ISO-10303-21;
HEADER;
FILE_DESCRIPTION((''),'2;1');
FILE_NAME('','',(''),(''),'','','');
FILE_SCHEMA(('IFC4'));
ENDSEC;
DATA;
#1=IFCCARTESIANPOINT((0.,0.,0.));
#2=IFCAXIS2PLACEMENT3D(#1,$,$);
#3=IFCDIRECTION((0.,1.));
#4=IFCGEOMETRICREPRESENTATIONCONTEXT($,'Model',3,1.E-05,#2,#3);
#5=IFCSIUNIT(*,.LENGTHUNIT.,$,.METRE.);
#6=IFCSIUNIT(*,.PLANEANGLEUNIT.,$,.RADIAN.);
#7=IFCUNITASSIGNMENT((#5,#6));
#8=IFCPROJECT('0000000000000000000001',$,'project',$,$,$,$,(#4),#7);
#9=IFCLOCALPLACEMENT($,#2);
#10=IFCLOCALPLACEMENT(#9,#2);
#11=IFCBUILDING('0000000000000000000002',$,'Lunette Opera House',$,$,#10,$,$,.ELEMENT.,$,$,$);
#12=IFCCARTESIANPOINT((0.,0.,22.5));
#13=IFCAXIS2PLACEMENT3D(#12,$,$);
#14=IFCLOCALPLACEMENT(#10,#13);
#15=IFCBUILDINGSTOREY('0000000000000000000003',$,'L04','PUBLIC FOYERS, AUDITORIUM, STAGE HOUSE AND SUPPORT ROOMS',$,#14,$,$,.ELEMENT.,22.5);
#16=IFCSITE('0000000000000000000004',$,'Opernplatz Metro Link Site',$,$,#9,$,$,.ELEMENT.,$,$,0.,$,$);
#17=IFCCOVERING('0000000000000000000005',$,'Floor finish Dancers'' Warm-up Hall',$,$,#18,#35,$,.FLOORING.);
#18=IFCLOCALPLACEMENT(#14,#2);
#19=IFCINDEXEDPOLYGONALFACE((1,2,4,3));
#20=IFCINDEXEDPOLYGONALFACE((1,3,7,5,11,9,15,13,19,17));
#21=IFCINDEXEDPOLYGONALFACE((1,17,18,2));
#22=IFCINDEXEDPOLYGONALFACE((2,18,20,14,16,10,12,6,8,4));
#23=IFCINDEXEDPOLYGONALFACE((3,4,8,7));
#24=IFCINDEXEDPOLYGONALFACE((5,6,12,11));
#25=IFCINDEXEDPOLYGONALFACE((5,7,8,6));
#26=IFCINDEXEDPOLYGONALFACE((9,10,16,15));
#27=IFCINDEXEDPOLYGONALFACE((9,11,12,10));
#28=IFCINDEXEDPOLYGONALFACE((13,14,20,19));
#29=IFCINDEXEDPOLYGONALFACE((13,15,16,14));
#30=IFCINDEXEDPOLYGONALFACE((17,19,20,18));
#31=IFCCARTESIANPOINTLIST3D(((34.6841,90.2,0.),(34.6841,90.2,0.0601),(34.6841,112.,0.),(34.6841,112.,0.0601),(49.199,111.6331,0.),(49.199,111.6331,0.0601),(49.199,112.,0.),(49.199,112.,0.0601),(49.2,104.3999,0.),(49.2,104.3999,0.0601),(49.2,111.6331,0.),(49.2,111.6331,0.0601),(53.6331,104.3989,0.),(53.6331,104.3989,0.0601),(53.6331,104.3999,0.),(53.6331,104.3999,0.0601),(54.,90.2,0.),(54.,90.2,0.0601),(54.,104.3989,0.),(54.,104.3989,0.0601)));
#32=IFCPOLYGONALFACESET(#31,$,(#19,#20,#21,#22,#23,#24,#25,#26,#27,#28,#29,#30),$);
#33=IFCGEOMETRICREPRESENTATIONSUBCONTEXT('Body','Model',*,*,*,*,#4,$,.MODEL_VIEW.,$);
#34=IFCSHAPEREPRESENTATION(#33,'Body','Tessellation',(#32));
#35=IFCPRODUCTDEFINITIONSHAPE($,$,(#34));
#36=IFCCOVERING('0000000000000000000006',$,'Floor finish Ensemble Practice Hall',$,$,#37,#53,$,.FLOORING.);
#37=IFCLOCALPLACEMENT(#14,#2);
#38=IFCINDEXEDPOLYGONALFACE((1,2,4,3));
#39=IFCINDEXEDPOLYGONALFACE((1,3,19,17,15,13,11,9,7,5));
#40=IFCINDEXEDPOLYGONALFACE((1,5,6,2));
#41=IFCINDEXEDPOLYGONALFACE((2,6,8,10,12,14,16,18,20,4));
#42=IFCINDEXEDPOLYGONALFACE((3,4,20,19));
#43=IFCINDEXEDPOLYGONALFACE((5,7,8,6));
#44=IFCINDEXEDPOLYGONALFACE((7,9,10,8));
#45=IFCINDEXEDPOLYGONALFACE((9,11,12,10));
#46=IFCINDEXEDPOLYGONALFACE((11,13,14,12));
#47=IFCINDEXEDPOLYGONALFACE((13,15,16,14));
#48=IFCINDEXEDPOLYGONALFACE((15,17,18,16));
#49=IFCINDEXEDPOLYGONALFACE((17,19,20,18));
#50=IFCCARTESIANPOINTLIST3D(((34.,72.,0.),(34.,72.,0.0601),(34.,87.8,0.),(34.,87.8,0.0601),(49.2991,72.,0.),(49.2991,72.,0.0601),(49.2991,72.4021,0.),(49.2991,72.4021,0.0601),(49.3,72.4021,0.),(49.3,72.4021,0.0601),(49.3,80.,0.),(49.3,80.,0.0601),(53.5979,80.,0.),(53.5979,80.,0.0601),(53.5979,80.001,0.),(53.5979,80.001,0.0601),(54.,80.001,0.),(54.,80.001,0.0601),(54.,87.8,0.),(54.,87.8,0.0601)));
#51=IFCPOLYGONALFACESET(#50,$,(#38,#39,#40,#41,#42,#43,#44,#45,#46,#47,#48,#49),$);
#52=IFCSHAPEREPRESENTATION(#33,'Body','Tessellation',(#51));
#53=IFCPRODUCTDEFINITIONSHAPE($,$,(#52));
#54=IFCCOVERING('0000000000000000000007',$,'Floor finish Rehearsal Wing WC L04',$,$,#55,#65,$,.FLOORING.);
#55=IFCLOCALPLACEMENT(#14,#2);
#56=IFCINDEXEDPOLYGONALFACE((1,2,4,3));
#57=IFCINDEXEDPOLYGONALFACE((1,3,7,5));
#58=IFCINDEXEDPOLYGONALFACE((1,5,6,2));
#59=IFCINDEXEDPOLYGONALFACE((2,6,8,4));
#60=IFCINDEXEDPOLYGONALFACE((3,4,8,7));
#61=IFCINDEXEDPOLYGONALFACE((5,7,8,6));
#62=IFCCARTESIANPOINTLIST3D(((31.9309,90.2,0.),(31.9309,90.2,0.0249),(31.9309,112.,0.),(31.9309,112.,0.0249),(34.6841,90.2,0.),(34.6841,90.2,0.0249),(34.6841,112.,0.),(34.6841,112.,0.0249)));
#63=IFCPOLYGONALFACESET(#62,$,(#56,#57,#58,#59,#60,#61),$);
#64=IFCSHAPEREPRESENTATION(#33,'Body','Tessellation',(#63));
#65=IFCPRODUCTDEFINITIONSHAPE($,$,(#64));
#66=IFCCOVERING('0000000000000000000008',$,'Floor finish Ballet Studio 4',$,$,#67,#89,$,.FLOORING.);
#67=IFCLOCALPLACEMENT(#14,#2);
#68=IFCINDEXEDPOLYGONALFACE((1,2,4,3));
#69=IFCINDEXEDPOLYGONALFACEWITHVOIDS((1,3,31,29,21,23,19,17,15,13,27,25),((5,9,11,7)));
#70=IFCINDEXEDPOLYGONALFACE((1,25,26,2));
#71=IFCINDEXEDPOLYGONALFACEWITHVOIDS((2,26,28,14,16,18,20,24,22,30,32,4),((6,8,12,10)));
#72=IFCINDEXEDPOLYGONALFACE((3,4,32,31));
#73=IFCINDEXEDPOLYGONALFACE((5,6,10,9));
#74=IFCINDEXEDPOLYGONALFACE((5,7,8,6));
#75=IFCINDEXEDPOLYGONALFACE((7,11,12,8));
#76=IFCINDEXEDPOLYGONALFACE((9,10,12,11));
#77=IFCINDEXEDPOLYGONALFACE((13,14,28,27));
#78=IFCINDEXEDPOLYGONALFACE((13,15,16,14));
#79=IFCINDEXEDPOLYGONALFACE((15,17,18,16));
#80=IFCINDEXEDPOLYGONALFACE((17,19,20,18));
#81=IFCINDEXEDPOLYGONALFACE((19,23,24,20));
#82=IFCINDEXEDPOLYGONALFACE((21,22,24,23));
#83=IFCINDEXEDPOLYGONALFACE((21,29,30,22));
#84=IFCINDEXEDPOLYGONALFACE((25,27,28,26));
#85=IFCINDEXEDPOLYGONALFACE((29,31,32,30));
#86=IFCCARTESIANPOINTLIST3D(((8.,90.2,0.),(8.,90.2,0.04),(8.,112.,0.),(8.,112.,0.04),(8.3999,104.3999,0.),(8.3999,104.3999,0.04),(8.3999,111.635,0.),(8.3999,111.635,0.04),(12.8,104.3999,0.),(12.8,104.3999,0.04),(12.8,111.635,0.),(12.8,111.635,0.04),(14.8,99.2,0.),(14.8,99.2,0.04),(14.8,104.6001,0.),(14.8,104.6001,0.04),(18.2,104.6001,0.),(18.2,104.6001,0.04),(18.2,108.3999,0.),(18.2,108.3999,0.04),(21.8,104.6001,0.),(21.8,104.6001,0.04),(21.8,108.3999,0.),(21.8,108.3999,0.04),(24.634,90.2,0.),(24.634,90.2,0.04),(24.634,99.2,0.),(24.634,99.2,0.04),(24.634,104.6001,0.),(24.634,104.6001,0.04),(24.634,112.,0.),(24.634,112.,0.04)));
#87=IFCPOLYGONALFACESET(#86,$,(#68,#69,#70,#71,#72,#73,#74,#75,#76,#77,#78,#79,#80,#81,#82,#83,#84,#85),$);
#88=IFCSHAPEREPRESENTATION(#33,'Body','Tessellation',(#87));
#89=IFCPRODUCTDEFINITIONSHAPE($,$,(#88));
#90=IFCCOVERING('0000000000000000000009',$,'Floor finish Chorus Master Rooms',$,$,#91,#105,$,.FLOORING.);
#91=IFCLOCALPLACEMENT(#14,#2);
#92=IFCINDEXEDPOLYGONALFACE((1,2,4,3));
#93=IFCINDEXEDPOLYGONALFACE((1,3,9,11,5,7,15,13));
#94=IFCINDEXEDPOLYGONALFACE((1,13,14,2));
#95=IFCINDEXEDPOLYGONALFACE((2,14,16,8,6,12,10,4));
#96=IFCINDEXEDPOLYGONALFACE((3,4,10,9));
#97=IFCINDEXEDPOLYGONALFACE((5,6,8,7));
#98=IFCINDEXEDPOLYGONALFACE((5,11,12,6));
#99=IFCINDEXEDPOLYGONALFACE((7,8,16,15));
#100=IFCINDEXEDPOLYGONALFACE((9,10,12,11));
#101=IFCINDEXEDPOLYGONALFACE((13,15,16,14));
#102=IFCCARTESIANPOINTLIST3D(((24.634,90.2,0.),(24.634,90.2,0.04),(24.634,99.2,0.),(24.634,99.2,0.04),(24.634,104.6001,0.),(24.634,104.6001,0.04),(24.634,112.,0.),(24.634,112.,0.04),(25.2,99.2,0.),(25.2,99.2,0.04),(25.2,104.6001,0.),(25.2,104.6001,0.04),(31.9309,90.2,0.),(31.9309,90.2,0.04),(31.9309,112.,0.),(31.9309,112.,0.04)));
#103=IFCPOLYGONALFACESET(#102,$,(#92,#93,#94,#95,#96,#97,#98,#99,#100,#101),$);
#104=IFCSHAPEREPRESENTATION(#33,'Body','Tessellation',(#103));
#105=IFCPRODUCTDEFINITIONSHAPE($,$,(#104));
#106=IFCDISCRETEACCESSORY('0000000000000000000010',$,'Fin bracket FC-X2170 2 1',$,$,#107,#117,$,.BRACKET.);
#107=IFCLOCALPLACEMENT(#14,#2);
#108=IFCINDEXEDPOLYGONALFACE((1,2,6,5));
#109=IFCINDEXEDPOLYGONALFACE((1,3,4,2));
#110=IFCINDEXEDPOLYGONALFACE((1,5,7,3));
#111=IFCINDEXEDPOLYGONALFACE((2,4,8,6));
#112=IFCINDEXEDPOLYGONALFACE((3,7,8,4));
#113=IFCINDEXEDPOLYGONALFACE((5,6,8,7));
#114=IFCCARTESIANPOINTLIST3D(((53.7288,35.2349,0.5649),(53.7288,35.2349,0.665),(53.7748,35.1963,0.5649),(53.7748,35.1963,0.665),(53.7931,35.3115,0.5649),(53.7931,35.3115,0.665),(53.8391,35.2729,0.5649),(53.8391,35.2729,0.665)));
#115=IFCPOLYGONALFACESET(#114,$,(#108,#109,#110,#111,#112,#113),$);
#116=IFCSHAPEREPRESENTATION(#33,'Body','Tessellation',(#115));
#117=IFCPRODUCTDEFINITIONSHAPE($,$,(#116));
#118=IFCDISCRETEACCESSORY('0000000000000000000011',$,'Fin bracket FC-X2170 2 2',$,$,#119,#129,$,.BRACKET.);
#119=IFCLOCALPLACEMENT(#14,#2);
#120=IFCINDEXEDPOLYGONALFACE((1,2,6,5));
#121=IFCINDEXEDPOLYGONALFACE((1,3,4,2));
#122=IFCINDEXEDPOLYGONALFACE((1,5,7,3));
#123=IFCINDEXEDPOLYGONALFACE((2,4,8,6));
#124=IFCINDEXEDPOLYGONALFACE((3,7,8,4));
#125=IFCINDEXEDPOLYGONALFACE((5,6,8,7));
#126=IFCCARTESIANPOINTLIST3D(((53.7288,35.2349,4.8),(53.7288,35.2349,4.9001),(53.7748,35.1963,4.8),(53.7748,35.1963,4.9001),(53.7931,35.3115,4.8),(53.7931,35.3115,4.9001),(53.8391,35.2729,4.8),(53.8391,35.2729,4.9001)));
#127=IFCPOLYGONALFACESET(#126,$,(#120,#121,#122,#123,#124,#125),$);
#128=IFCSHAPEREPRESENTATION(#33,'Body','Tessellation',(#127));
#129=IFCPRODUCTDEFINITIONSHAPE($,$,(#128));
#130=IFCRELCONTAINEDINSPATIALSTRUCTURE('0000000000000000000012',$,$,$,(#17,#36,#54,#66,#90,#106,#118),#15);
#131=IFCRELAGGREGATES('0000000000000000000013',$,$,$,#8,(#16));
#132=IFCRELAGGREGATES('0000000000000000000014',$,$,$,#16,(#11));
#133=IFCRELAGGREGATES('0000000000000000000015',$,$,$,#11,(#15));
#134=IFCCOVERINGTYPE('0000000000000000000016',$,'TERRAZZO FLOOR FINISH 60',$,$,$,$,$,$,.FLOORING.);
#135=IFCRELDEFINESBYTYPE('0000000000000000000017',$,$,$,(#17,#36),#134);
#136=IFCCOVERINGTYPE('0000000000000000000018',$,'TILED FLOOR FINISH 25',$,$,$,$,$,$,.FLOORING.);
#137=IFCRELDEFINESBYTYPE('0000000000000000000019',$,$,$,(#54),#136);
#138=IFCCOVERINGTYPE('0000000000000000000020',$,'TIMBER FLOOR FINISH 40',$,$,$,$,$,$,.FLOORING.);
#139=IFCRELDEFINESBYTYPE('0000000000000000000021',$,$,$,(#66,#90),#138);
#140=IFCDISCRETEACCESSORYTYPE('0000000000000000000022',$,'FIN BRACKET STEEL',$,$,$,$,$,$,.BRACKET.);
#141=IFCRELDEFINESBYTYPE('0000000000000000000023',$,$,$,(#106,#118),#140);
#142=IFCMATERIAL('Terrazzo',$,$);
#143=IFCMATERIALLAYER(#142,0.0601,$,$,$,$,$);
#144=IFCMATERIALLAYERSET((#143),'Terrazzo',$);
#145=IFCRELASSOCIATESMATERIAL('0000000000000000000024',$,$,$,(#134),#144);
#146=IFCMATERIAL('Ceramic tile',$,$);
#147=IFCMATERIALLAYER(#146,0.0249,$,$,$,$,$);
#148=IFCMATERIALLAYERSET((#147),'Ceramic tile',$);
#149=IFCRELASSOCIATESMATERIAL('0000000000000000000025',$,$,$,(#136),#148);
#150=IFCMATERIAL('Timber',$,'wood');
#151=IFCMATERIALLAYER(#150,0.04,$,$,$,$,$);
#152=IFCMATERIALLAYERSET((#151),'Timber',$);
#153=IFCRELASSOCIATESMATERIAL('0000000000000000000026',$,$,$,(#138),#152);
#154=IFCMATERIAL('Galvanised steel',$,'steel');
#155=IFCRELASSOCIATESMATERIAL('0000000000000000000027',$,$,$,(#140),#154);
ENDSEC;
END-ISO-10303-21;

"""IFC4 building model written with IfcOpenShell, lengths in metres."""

from ifc_helpers import new_model, si_unit, direction, frame, origin, origin_2d, place, context, subcontext, project, spatial, polyline, rectangle, outline, extrude, material, layer, layer_set, type_object, element, save


model = new_model("IFC4")

# Units and contexts
model_context = context("Model", 3, precision=1e-05, world=origin(), true_north=direction((0.0, 1.0)))
body_context = subcontext(model_context, "Body", "Model", "MODEL_VIEW")
ifc_project = project(units=[si_unit("LENGTHUNIT", "METRE"), si_unit("PLANEANGLEUNIT", "RADIAN")], contexts=[model_context])

# Site, building, storey
site_placement = place(None, origin())
site = spatial("IfcSite", under=ifc_project, at=site_placement, Name="Opernplatz Metro Link Site", CompositionType="ELEMENT", RefElevation=0.0)
building_placement = place(site_placement, origin())
building = spatial("IfcBuilding", under=site, at=building_placement, Name="Lunette Opera House", CompositionType="ELEMENT")
storey_placement = place(building_placement, frame((0.0, 0.0, 22.5)))
storey = spatial("IfcBuildingStorey", under=building, at=storey_placement, Name="L04", Description="PUBLIC FOYERS, AUDITORIUM, STAGE HOUSE AND SUPPORT ROOMS", CompositionType="ELEMENT", Elevation=22.5)

# Coverings
ifc_material_1 = material(Name="Terrazzo")
ifc_layer_1 = layer(ifc_material_1, 0.0601)
ifc_layer_set_1 = layer_set([ifc_layer_1], Name="Terrazzo")
covering_type_1 = type_object("IfcCoveringType", Name="TERRAZZO FLOOR FINISH 60", PredefinedType="FLOORING", material=ifc_layer_set_1)
covering_1_placement = place(storey_placement, origin())
element("IfcCovering", 1, at=covering_1_placement, inside=storey, type_object=covering_type_1, Name="Floor finish Dancers' Warm-up Hall", PredefinedType="FLOORING", context=body_context, shape_type="SweptSolid", body=[
    extrude(outline(polyline([(49.199, 112.0), (49.199, 111.6331), (49.2, 111.6331), (49.2, 104.3999), (53.6331, 104.3999), (53.6331, 104.3989), (54.0, 104.3989), (54.0, 90.2), (34.6841, 90.2), (34.6841, 112.0), (49.199, 112.0)])), origin(), (0.0, 0.0, 1.0), 0.0601),
])
covering_2_placement = place(storey_placement, origin())
element("IfcCovering", 2, at=covering_2_placement, inside=storey, type_object=covering_type_1, Name="Floor finish Ensemble Practice Hall", PredefinedType="FLOORING", context=body_context, shape_type="SweptSolid", body=[
    extrude(outline(polyline([(54.0, 80.001), (53.5979, 80.001), (53.5979, 80.0), (49.3, 80.0), (49.3, 72.4021), (49.2991, 72.4021), (49.2991, 72.0), (34.0, 72.0), (34.0, 87.8), (54.0, 87.8), (54.0, 80.001)])), origin(), (0.0, 0.0, 1.0), 0.0601),
])
ifc_material_2 = material(Name="Ceramic tile")
ifc_layer_2 = layer(ifc_material_2, 0.0249)
ifc_layer_set_2 = layer_set([ifc_layer_2], Name="Ceramic tile")
covering_type_2 = type_object("IfcCoveringType", Name="TILED FLOOR FINISH 25", PredefinedType="FLOORING", material=ifc_layer_set_2)
covering_3_placement = place(storey_placement, origin())
element("IfcCovering", 3, at=covering_3_placement, inside=storey, type_object=covering_type_2, Name="Floor finish Rehearsal Wing WC L04", PredefinedType="FLOORING", context=body_context, shape_type="SweptSolid", body=[
    extrude(outline(polyline([(31.9309, 90.2), (31.9309, 112.0), (34.6841, 112.0), (34.6841, 90.2), (31.9309, 90.2)])), origin(), (0.0, 0.0, 1.0), 0.0249),
])
ifc_material_3 = material(Name="Timber", Category="wood")
ifc_layer_3 = layer(ifc_material_3, 0.04)
ifc_layer_set_3 = layer_set([ifc_layer_3], Name="Timber")
covering_type_3 = type_object("IfcCoveringType", Name="TIMBER FLOOR FINISH 40", PredefinedType="FLOORING", material=ifc_layer_set_3)
covering_4_placement = place(storey_placement, origin())
element("IfcCovering", 4, at=covering_4_placement, inside=storey, type_object=covering_type_3, Name="Floor finish Ballet Studio 4", PredefinedType="FLOORING", context=body_context, shape_type="SweptSolid", body=[
    extrude(outline(polyline([(8.0, 112.0), (24.634, 112.0), (24.634, 104.6001), (21.8, 104.6001), (21.8, 108.3999), (18.2, 108.3999), (18.2, 104.6001), (14.8, 104.6001), (14.8, 99.2), (24.634, 99.2), (24.634, 90.2), (8.0, 90.2), (8.0, 112.0)]), holes=[polyline([(8.3999, 104.3999), (12.8, 104.3999), (12.8, 111.635), (8.3999, 111.635), (8.3999, 104.3999)])]), origin(), (0.0, 0.0, 1.0), 0.04),
])
covering_5_placement = place(storey_placement, origin())
element("IfcCovering", 5, at=covering_5_placement, inside=storey, type_object=covering_type_3, Name="Floor finish Chorus Master Rooms", PredefinedType="FLOORING", context=body_context, shape_type="SweptSolid", body=[
    extrude(outline(polyline([(24.634, 90.2), (24.634, 99.2), (25.2, 99.2), (25.2, 104.6001), (24.634, 104.6001), (24.634, 112.0), (31.9309, 112.0), (31.9309, 90.2), (24.634, 90.2)])), origin(), (0.0, 0.0, 1.0), 0.04),
])

# Discrete accessories
ifc_material_4 = material(Name="Galvanised steel", Category="steel")
discrete_accessory_type = type_object("IfcDiscreteAccessoryType", Name="FIN BRACKET STEEL", PredefinedType="BRACKET", material=ifc_material_4)
for number, where, z_axis, x_axis, name in (
    (6, (53.7839, 35.2539, 0.5649), (0.0, 0.0, 1.0), (-0.64284, -0.766001, 0.0), "Fin bracket FC-X2170 2 1"),
    (7, (53.7839, 35.2539, 4.8), (0.0, 0.0, 1.0), (-0.64284, -0.766001, 0.0), "Fin bracket FC-X2170 2 2"),
):
    element("IfcDiscreteAccessory", number, at=place(storey_placement, frame(where, z_axis=z_axis, x_axis=x_axis)), inside=storey, type_object=discrete_accessory_type, Name=name, PredefinedType="BRACKET", context=body_context, shape_type="SweptSolid", body=[
        extrude(rectangle(XDim=0.1001, YDim=0.0601, at=origin_2d()), origin(), (0.0, 0.0, 1.0), 0.1001),
    ])

save(model, "model.ifc")
